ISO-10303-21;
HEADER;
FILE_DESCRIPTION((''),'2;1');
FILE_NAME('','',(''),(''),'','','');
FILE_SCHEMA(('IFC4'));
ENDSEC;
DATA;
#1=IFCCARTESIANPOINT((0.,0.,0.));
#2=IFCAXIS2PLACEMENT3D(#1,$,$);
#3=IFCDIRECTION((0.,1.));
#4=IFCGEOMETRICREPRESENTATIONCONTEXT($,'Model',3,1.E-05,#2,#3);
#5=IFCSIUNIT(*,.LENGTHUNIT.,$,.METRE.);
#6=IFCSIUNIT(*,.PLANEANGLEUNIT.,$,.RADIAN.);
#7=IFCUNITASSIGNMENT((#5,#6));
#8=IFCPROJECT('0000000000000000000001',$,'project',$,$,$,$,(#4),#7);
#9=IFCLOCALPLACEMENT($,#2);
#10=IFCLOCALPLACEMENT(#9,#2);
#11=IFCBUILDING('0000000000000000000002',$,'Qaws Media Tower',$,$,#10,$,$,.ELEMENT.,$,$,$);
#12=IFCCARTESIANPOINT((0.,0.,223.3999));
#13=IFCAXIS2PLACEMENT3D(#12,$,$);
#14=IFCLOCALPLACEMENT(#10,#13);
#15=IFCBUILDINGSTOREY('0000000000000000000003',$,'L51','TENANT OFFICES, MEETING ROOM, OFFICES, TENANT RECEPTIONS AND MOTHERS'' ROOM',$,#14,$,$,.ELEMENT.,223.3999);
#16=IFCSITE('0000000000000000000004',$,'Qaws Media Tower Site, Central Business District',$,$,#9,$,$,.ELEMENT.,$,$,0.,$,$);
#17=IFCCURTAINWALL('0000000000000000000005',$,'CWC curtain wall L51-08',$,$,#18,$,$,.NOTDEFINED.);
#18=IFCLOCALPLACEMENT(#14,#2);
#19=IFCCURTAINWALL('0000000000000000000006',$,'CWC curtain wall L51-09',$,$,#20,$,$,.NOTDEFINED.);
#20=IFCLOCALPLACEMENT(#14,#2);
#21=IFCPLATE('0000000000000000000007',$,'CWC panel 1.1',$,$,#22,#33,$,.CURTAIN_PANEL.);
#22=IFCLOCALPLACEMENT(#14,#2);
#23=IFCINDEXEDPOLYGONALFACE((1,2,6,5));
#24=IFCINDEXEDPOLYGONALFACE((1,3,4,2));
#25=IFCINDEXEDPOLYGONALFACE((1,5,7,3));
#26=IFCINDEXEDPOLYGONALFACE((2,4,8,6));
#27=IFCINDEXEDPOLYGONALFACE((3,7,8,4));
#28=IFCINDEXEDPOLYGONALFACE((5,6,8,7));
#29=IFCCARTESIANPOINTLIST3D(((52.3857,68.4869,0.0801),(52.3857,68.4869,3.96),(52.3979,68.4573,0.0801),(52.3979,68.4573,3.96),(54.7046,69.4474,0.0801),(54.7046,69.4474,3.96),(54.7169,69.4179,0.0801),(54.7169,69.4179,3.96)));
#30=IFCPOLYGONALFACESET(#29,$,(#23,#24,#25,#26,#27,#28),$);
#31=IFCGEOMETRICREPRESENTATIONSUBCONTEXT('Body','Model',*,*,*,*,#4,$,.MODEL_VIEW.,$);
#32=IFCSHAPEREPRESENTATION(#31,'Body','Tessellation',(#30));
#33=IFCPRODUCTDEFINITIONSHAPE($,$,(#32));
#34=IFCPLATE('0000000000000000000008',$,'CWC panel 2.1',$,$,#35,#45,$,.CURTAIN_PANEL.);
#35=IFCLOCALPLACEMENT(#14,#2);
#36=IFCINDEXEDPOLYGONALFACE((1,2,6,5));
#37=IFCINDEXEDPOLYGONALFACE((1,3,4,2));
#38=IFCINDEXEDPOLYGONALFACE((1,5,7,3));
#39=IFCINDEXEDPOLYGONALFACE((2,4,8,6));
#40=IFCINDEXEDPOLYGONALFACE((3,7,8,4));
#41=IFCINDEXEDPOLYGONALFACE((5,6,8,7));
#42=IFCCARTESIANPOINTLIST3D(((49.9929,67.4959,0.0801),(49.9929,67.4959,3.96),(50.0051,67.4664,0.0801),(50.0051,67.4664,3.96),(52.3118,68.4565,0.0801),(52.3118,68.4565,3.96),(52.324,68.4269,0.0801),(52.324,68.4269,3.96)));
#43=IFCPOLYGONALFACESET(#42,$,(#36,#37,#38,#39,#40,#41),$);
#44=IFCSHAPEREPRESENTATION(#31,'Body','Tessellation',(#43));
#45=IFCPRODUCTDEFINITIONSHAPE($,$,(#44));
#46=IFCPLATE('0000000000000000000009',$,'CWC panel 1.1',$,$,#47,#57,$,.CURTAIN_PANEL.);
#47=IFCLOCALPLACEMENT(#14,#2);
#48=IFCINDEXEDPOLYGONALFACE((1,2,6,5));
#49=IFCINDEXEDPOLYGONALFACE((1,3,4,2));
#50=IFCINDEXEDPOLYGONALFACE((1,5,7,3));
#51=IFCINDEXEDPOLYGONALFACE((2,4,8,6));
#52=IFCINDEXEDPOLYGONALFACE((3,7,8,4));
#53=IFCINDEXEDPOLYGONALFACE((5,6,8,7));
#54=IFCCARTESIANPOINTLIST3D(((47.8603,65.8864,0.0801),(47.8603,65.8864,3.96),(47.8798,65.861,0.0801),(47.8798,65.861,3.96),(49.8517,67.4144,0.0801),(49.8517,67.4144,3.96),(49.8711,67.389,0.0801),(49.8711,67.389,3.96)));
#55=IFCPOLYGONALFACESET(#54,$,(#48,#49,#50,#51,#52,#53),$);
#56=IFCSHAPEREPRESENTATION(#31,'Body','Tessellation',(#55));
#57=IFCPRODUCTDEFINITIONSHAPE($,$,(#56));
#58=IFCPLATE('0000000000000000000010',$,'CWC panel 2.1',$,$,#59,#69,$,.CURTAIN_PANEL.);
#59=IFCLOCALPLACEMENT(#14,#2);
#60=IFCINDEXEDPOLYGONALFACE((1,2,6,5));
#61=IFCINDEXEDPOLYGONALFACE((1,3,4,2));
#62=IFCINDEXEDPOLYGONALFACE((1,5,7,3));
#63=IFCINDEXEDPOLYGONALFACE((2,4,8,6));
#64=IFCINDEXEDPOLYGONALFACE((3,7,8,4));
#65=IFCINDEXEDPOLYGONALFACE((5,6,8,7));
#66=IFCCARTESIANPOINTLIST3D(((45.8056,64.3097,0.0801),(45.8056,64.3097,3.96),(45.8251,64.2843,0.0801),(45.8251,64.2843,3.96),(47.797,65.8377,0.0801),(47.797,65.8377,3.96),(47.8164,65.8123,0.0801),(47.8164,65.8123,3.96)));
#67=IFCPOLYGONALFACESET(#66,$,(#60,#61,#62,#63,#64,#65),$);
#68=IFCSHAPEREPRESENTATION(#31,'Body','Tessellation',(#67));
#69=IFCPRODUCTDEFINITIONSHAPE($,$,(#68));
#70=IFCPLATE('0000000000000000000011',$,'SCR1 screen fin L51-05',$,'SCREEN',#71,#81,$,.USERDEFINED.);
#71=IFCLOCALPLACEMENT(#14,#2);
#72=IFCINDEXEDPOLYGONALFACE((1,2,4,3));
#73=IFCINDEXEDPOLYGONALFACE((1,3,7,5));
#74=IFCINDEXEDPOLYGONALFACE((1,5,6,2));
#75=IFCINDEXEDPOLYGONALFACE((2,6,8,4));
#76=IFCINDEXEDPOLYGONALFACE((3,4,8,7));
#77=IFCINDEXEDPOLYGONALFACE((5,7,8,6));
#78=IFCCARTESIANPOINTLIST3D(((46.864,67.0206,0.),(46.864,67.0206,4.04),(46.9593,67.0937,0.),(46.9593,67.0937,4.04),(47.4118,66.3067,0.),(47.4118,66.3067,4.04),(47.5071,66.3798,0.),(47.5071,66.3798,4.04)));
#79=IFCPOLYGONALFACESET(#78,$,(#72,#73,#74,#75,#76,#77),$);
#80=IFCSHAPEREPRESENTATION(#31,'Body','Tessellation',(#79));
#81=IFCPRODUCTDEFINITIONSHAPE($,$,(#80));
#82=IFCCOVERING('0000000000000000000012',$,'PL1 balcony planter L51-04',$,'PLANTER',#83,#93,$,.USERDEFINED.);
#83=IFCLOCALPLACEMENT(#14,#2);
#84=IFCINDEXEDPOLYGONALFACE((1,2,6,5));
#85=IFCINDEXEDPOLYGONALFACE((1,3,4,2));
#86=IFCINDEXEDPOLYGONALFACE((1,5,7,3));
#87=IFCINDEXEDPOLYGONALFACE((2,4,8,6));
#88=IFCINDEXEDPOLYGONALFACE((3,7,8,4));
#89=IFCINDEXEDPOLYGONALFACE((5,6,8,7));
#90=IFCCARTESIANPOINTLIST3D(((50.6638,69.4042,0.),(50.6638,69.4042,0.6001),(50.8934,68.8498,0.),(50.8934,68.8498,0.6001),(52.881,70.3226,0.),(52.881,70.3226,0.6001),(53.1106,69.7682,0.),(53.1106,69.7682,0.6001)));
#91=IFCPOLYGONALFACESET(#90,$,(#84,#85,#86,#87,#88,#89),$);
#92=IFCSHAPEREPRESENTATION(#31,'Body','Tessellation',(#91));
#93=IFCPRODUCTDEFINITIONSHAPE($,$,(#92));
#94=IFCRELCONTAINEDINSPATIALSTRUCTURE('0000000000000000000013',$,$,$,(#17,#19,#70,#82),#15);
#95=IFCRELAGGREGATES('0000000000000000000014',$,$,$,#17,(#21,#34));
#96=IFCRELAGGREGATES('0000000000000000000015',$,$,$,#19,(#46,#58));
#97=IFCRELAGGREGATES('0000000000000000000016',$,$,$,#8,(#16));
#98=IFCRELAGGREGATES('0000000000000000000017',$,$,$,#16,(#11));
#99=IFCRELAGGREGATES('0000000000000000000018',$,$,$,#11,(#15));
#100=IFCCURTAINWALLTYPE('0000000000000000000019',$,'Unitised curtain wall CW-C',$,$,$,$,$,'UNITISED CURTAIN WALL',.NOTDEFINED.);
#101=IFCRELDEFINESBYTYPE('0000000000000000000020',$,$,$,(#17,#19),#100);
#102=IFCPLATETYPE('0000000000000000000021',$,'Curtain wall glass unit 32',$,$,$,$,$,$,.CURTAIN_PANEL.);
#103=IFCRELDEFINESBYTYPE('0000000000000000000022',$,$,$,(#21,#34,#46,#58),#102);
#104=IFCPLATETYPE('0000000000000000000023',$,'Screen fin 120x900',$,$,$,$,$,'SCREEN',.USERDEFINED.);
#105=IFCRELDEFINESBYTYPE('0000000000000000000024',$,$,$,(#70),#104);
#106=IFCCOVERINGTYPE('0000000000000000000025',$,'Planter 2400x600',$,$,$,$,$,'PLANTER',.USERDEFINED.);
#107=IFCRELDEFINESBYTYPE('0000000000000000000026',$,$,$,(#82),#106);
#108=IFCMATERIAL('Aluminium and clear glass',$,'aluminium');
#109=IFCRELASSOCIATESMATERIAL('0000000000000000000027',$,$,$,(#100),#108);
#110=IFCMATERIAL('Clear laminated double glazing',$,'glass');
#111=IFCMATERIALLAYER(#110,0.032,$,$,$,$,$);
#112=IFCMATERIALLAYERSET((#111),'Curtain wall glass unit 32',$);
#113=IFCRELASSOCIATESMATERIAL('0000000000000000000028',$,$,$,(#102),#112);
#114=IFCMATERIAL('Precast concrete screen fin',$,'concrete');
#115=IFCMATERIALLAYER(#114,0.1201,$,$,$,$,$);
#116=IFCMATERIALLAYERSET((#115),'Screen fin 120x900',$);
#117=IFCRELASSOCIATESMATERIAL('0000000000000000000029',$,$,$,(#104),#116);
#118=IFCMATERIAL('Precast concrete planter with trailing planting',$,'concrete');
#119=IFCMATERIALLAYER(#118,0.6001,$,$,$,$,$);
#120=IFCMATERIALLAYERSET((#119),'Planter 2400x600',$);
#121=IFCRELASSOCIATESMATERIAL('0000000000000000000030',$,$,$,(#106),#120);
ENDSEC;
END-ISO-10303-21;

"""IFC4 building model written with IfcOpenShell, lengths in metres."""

from ifc_helpers import new_model, si_unit, direction, frame, origin, origin_2d, place, context, subcontext, project, spatial, rectangle, extrude, material, layer, layer_set, type_object, element, aggregate, save


model = new_model("IFC4")

# Units and contexts
model_context = context("Model", 3, precision=1e-05, world=origin(), true_north=direction((0.0, 1.0)))
body_context = subcontext(model_context, "Body", "Model", "MODEL_VIEW")
ifc_project = project(units=[si_unit("LENGTHUNIT", "METRE"), si_unit("PLANEANGLEUNIT", "RADIAN")], contexts=[model_context])

# Site, building, storey
site_placement = place(None, origin())
site = spatial("IfcSite", under=ifc_project, at=site_placement, Name="Qaws Media Tower Site, Central Business District", CompositionType="ELEMENT", RefElevation=0.0)
building_placement = place(site_placement, origin())
building = spatial("IfcBuilding", under=site, at=building_placement, Name="Qaws Media Tower", CompositionType="ELEMENT")
storey_placement = place(building_placement, frame((0.0, 0.0, 223.3999)))
storey = spatial("IfcBuildingStorey", under=building, at=storey_placement, Name="L51", Description="TENANT OFFICES, MEETING ROOM, OFFICES, TENANT RECEPTIONS AND MOTHERS' ROOM", CompositionType="ELEMENT", Elevation=223.3999)

# Curtain walls
ifc_material_1 = material(Name="Aluminium and clear glass", Category="aluminium")
curtain_wall_type = type_object("IfcCurtainWallType", Name="Unitised curtain wall CW-C", ElementType="UNITISED CURTAIN WALL", PredefinedType="NOTDEFINED", material=ifc_material_1)
curtain_wall_1_placement = place(storey_placement, origin())
curtain_wall_1 = element("IfcCurtainWall", 1, at=curtain_wall_1_placement, inside=storey, type_object=curtain_wall_type, Name="CWC curtain wall L51-08", PredefinedType="NOTDEFINED")
curtain_wall_2_placement = place(storey_placement, origin())
curtain_wall_2 = element("IfcCurtainWall", 2, at=curtain_wall_2_placement, inside=storey, type_object=curtain_wall_type, Name="CWC curtain wall L51-09", PredefinedType="NOTDEFINED")

# Plates
ifc_material_2 = material(Name="Clear laminated double glazing", Category="glass")
ifc_layer_1 = layer(ifc_material_2, 0.032)
ifc_layer_set_1 = layer_set([ifc_layer_1], Name="Curtain wall glass unit 32")
plate_type_1 = type_object("IfcPlateType", Name="Curtain wall glass unit 32", PredefinedType="CURTAIN_PANEL", material=ifc_layer_set_1)
plate_1_placement = place(storey_placement, frame((53.5513, 68.9524, 0.0801), z_axis=(0.0, 0.0, 1.0), x_axis=(-0.92388, -0.382683, 0.0)))
plate_1 = element("IfcPlate", 3, at=plate_1_placement, type_object=plate_type_1, Name="CWC panel 1.1", PredefinedType="CURTAIN_PANEL", context=body_context, shape_type="SweptSolid", body=[
    extrude(rectangle(XDim=2.51, YDim=0.032, at=origin_2d()), origin(), (0.0, 0.0, 1.0), 3.8799),
])
plate_2_placement = place(storey_placement, frame((51.1584, 67.9614, 0.0801), z_axis=(0.0, 0.0, 1.0), x_axis=(-0.92388, -0.382683, 0.0)))
plate_2 = element("IfcPlate", 4, at=plate_2_placement, type_object=plate_type_1, Name="CWC panel 2.1", PredefinedType="CURTAIN_PANEL", context=body_context, shape_type="SweptSolid", body=[
    extrude(rectangle(XDim=2.51, YDim=0.032, at=origin_2d()), origin(), (0.0, 0.0, 1.0), 3.8799),
])
aggregate(curtain_wall_1, [plate_1, plate_2])
plate_3_placement = place(storey_placement, frame((48.8657, 66.6377, 0.0801), z_axis=(0.0, 0.0, 1.0), x_axis=(-0.793353, -0.608761, 0.0)))
plate_3 = element("IfcPlate", 5, at=plate_3_placement, type_object=plate_type_1, Name="CWC panel 1.1", PredefinedType="CURTAIN_PANEL", context=body_context, shape_type="SweptSolid", body=[
    extrude(rectangle(XDim=2.51, YDim=0.032, at=origin_2d()), origin(), (0.0, 0.0, 1.0), 3.8799),
])
plate_4_placement = place(storey_placement, frame((46.811, 65.061, 0.0801), z_axis=(0.0, 0.0, 1.0), x_axis=(-0.793353, -0.608761, 0.0)))
plate_4 = element("IfcPlate", 6, at=plate_4_placement, type_object=plate_type_1, Name="CWC panel 2.1", PredefinedType="CURTAIN_PANEL", context=body_context, shape_type="SweptSolid", body=[
    extrude(rectangle(XDim=2.51, YDim=0.032, at=origin_2d()), origin(), (0.0, 0.0, 1.0), 3.8799),
])
aggregate(curtain_wall_2, [plate_3, plate_4])
ifc_material_3 = material(Name="Precast concrete screen fin", Category="concrete")
ifc_layer_2 = layer(ifc_material_3, 0.1201)
ifc_layer_set_2 = layer_set([ifc_layer_2], Name="Screen fin 120x900")
plate_type_2 = type_object("IfcPlateType", Name="Screen fin 120x900", ElementType="SCREEN", PredefinedType="USERDEFINED", material=ifc_layer_set_2)
plate_5_placement = place(storey_placement, frame((47.1855, 66.7002, 0.0), z_axis=(0.0, 0.0, 1.0), x_axis=(-0.608761, 0.793353, 0.0)))
element("IfcPlate", 7, at=plate_5_placement, inside=storey, type_object=plate_type_2, Name="SCR1 screen fin L51-05", ObjectType="SCREEN", PredefinedType="USERDEFINED", context=body_context, shape_type="SweptSolid", body=[
    extrude(rectangle(XDim=0.8999, YDim=0.1201, at=origin_2d()), origin(), (0.0, 0.0, 1.0), 4.04),
])

# Covering
ifc_material_4 = material(Name="Precast concrete planter with trailing planting", Category="concrete")
ifc_layer_3 = layer(ifc_material_4, 0.6001)
ifc_layer_set_3 = layer_set([ifc_layer_3], Name="Planter 2400x600")
covering_type = type_object("IfcCoveringType", Name="Planter 2400x600", ElementType="PLANTER", PredefinedType="USERDEFINED", material=ifc_layer_set_3)
covering_placement = place(storey_placement, frame((51.8872, 69.5862, 0.0), z_axis=(0.0, 0.0, 1.0), x_axis=(-0.92388, -0.382683, 0.0)))
element("IfcCovering", 8, at=covering_placement, inside=storey, type_object=covering_type, Name="PL1 balcony planter L51-04", ObjectType="PLANTER", PredefinedType="USERDEFINED", context=body_context, shape_type="SweptSolid", body=[
    extrude(rectangle(XDim=2.3999, YDim=0.6001, at=origin_2d()), origin(), (0.0, 0.0, 1.0), 0.6001),
])

save(model, "model.ifc")
